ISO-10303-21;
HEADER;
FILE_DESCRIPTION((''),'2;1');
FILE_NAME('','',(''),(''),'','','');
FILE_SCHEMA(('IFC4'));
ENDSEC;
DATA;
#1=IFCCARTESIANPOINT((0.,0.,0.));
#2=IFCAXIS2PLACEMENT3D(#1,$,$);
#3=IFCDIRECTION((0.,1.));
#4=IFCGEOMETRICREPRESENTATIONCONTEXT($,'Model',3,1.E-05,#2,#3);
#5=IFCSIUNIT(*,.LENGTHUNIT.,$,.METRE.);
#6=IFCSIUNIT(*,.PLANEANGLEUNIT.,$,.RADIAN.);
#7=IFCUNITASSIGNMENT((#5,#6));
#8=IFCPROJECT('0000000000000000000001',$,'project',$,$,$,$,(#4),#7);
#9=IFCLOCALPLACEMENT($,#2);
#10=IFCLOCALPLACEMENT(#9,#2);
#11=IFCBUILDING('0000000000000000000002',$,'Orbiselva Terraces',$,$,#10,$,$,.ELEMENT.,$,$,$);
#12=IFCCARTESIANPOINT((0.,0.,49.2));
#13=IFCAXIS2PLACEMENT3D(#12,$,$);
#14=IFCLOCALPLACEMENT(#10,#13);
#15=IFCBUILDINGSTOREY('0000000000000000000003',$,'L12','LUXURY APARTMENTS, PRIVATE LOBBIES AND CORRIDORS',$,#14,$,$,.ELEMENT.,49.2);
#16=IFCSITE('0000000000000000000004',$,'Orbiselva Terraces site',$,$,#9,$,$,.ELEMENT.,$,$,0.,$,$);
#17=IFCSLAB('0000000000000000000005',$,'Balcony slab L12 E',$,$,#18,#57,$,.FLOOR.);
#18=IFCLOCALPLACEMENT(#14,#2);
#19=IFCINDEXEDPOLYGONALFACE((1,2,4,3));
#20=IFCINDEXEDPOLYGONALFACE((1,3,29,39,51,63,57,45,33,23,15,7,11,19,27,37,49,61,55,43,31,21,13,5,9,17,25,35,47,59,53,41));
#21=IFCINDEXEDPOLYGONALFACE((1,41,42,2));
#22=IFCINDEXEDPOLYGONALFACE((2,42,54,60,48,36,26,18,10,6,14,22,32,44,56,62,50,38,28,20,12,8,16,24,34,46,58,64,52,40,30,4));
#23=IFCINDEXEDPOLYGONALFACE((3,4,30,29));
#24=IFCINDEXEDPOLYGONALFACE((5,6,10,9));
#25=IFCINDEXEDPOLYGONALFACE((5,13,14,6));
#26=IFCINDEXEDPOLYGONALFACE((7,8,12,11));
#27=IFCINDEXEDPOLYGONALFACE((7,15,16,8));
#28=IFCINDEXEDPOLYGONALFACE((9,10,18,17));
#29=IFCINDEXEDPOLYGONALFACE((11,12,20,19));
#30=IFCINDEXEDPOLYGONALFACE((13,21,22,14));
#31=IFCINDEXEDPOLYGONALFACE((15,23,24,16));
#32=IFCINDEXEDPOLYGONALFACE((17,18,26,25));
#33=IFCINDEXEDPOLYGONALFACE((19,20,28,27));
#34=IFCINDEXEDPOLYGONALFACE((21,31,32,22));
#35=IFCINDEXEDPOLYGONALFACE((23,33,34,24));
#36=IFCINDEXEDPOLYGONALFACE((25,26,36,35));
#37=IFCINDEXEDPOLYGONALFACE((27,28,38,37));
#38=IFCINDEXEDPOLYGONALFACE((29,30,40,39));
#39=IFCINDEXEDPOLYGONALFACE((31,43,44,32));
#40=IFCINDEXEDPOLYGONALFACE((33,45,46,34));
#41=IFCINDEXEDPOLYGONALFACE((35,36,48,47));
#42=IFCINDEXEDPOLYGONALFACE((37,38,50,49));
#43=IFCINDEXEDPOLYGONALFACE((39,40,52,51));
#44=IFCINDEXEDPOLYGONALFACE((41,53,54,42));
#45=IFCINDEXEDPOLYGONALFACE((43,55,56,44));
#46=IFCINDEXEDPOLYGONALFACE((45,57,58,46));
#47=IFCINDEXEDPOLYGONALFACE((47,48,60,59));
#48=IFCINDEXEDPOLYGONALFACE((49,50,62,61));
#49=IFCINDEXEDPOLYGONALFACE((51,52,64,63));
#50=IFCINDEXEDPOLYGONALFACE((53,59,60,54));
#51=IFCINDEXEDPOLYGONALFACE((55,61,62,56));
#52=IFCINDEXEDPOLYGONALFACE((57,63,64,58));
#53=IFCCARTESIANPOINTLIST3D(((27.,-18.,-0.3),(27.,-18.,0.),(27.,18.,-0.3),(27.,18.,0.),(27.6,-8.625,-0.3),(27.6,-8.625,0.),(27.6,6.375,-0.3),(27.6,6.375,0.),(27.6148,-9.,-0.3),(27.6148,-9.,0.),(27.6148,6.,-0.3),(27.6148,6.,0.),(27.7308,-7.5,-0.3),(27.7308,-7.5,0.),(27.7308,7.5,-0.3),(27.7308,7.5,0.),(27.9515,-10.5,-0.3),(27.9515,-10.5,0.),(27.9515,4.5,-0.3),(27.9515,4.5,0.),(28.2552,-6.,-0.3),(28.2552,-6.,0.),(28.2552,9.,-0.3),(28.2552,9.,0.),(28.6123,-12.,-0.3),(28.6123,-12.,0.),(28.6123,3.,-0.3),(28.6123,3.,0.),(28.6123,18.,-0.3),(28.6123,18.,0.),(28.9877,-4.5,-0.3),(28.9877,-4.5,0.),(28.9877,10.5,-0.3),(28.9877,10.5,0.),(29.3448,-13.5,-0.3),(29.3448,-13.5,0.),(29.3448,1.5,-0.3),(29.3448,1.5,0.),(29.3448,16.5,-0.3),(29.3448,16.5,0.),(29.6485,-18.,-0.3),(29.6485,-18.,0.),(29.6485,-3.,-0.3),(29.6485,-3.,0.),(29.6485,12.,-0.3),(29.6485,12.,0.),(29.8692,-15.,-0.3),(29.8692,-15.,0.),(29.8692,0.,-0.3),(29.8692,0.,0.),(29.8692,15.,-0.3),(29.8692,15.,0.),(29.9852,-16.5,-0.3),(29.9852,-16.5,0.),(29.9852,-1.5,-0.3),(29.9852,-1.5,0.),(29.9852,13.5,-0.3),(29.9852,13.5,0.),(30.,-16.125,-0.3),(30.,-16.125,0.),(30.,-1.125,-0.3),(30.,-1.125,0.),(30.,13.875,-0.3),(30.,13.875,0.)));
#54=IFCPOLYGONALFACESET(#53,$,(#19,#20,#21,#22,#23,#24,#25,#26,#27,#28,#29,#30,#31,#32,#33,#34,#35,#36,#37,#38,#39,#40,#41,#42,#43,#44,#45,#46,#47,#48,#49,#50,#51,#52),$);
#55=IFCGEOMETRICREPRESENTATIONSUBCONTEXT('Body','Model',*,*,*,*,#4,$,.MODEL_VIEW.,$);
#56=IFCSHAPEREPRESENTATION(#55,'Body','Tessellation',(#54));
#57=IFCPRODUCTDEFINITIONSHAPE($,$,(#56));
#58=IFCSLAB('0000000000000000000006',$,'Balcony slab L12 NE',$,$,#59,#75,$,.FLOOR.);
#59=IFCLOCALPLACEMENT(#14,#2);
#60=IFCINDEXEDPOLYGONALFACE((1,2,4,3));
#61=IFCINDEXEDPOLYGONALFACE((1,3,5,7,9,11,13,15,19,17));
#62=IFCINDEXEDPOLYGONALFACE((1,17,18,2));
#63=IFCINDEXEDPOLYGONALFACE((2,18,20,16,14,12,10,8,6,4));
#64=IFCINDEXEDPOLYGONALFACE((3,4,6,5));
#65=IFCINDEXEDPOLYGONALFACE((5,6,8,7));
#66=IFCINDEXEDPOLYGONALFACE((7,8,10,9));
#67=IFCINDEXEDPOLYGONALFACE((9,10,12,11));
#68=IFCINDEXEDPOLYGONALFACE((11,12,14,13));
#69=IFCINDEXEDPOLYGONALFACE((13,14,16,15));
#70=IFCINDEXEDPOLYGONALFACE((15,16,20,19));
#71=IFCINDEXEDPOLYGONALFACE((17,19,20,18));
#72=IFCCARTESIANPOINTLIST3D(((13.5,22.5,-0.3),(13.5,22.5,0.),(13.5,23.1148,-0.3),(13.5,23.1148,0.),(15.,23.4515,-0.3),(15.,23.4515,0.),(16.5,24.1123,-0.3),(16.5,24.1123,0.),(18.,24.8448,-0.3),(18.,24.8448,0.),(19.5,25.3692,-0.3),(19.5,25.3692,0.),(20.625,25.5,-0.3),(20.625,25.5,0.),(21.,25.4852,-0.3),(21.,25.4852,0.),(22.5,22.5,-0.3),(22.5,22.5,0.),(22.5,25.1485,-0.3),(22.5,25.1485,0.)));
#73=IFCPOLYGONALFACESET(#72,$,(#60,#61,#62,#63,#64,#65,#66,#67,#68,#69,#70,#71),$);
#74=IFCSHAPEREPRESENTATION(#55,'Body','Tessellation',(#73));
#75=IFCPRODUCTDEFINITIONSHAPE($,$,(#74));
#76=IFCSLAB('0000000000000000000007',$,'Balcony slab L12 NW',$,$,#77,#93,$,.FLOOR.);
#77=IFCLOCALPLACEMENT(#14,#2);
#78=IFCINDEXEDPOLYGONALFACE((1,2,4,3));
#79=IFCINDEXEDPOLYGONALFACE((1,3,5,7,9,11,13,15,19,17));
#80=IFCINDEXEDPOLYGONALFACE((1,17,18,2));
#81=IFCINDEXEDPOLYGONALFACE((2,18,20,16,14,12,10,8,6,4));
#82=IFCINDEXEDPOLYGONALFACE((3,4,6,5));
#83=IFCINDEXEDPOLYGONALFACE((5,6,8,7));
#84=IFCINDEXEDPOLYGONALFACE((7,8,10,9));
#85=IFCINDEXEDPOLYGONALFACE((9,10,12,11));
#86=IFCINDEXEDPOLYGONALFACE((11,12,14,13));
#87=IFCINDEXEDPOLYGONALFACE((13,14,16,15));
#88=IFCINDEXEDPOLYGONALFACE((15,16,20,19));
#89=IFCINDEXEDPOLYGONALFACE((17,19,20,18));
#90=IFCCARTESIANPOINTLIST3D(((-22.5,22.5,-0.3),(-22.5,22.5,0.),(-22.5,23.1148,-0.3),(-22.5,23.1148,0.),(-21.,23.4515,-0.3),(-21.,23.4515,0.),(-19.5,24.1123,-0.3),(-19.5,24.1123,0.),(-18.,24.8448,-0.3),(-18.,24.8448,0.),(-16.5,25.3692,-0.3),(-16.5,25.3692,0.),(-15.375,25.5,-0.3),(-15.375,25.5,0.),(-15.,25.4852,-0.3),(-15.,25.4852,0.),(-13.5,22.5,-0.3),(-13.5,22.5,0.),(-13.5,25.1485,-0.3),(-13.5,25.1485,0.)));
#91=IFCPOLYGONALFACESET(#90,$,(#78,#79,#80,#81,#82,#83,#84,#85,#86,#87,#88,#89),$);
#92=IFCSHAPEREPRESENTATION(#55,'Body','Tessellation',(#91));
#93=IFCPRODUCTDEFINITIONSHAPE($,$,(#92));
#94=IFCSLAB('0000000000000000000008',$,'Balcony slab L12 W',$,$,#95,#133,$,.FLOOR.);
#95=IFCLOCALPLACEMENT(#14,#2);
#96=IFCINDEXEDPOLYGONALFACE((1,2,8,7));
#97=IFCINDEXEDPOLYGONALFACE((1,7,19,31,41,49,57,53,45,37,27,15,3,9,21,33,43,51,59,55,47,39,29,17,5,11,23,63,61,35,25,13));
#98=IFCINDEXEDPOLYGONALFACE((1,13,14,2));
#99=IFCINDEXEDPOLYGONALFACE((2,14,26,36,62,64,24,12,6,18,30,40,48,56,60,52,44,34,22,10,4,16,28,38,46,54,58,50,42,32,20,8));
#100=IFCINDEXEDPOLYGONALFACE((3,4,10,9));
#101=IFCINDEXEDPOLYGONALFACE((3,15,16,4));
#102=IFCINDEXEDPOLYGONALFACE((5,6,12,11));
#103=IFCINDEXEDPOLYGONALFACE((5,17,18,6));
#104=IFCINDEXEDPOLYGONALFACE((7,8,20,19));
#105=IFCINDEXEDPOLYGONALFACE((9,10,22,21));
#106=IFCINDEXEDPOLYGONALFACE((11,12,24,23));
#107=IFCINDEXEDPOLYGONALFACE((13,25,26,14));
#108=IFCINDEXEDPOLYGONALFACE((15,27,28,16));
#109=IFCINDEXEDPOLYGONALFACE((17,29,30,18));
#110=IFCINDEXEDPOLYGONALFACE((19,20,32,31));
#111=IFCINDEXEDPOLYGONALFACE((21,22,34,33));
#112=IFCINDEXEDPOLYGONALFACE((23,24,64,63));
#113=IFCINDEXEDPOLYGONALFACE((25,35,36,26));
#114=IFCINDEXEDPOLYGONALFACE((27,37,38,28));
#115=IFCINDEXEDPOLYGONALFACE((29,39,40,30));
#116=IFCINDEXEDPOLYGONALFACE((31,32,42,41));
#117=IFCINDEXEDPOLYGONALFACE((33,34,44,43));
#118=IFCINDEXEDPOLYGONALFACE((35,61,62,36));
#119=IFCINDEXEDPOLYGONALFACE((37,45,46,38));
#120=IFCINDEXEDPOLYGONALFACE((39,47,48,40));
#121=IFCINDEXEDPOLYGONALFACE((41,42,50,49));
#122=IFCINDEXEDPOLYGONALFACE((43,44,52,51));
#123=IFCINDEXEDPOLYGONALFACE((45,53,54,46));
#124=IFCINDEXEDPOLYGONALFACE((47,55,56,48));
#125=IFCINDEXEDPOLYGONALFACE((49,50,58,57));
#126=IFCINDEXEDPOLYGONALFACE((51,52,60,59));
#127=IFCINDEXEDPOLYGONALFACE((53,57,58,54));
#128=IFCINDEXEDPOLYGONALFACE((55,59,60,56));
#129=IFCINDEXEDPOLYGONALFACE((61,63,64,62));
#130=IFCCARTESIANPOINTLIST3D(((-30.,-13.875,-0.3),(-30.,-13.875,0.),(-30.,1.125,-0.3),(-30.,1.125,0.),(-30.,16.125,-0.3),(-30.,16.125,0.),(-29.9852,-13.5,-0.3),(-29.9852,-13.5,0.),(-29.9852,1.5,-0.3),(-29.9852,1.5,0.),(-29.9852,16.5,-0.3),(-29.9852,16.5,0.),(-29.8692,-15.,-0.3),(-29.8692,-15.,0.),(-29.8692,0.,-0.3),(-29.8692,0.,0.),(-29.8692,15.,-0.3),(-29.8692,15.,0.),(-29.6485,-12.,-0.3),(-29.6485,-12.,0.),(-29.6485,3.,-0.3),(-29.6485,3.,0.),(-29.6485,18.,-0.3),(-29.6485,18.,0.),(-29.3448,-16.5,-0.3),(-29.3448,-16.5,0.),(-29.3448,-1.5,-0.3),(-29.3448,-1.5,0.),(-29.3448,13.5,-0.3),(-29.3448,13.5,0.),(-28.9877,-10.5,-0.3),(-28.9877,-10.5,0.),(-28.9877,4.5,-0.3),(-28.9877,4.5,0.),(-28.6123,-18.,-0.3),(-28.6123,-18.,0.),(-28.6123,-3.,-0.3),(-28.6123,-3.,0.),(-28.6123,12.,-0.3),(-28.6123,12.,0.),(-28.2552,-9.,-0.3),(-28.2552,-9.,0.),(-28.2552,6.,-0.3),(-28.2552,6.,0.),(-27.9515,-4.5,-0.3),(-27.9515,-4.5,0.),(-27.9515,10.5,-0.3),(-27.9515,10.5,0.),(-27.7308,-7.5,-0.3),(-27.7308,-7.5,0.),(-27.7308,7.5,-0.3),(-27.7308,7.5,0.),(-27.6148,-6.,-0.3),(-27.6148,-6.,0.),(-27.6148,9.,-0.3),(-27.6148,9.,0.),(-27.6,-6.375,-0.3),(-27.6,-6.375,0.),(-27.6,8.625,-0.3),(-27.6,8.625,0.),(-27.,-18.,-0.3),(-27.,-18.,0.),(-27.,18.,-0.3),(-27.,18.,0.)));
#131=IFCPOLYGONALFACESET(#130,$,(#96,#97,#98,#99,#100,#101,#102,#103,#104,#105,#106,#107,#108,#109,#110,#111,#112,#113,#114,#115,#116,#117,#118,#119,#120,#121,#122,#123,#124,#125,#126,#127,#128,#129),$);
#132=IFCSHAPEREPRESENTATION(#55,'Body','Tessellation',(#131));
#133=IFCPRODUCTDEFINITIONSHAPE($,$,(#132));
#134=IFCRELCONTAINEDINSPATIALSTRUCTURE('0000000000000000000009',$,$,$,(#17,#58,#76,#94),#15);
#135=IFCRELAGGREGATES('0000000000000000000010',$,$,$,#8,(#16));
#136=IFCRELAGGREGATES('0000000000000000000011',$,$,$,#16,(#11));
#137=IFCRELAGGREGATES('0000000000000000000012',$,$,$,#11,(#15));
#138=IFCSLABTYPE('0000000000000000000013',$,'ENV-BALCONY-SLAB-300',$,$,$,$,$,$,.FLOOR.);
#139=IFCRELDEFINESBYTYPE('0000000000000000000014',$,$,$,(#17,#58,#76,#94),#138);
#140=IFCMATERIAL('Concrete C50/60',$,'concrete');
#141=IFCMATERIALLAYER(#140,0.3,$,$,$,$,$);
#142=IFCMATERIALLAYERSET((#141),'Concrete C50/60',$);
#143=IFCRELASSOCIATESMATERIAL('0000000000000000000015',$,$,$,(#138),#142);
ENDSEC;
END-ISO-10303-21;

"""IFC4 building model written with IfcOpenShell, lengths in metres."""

from ifc_helpers import new_model, si_unit, direction, frame, origin, place, context, subcontext, project, spatial, polyline, outline, extrude, material, layer, layer_set, type_object, element, save


model = new_model("IFC4")

# Units and contexts
model_context = context("Model", 3, precision=1e-05, world=origin(), true_north=direction((0.0, 1.0)))
body_context = subcontext(model_context, "Body", "Model", "MODEL_VIEW")
ifc_project = project(units=[si_unit("LENGTHUNIT", "METRE"), si_unit("PLANEANGLEUNIT", "RADIAN")], contexts=[model_context])

# Site, building, storey
site_placement = place(None, origin())
site = spatial("IfcSite", under=ifc_project, at=site_placement, Name="Orbiselva Terraces site", CompositionType="ELEMENT", RefElevation=0.0)
building_placement = place(site_placement, origin())
building = spatial("IfcBuilding", under=site, at=building_placement, Name="Orbiselva Terraces", CompositionType="ELEMENT")
storey_placement = place(building_placement, frame((0.0, 0.0, 49.2)))
storey = spatial("IfcBuildingStorey", under=building, at=storey_placement, Name="L12", Description="LUXURY APARTMENTS, PRIVATE LOBBIES AND CORRIDORS", CompositionType="ELEMENT", Elevation=49.2)

# Slabs
ifc_material_1 = material(Name="Concrete C50/60", Category="concrete")
ifc_layer_1 = layer(ifc_material_1, 0.3)
ifc_layer_set_1 = layer_set([ifc_layer_1], Name="Concrete C50/60")
slab_type_1 = type_object("IfcSlabType", Name="ENV-BALCONY-SLAB-300", PredefinedType="FLOOR", material=ifc_layer_set_1)
slab_1_placement = place(storey_placement, frame((0.0, 0.0, -0.3)))
element("IfcSlab", 1, at=slab_1_placement, inside=storey, type_object=slab_type_1, Name="Balcony slab L12 E", PredefinedType="FLOOR", context=body_context, shape_type="SweptSolid", body=[
    extrude(outline(polyline([(29.6485, -18.0), (29.9852, -16.5), (30.0, -16.125), (29.8692, -15.0), (29.3448, -13.5), (28.6123, -12.0), (27.9515, -10.5), (27.6148, -9.0), (27.6, -8.625), (27.7308, -7.5), (28.2552, -6.0), (28.9877, -4.5), (29.6485, -3.0), (29.9852, -1.5), (30.0, -1.125), (29.8692, 0.0), (29.3448, 1.5), (28.6123, 3.0), (27.9515, 4.5), (27.6148, 6.0), (27.6, 6.375), (27.7308, 7.5), (28.2552, 9.0), (28.9877, 10.5), (29.6485, 12.0), (29.9852, 13.5), (30.0, 13.875), (29.8692, 15.0), (29.3448, 16.5), (28.6123, 18.0), (27.0, 18.0), (27.0, -18.0), (29.6485, -18.0)])), origin(), (0.0, 0.0, 1.0), 0.3),
])
slab_2_placement = place(storey_placement, frame((0.0, 0.0, -0.3)))
element("IfcSlab", 2, at=slab_2_placement, inside=storey, type_object=slab_type_1, Name="Balcony slab L12 NE", PredefinedType="FLOOR", context=body_context, shape_type="SweptSolid", body=[
    extrude(outline(polyline([(22.5, 25.1485), (21.0, 25.4852), (20.625, 25.5), (19.5, 25.3692), (18.0, 24.8448), (16.5, 24.1123), (15.0, 23.4515), (13.5, 23.1148), (13.5, 22.5), (22.5, 22.5), (22.5, 25.1485)])), origin(), (0.0, 0.0, 1.0), 0.3),
])
slab_3_placement = place(storey_placement, frame((0.0, 0.0, -0.3)))
element("IfcSlab", 3, at=slab_3_placement, inside=storey, type_object=slab_type_1, Name="Balcony slab L12 NW", PredefinedType="FLOOR", context=body_context, shape_type="SweptSolid", body=[
    extrude(outline(polyline([(-13.5, 25.1485), (-15.0, 25.4852), (-15.375, 25.5), (-16.5, 25.3692), (-18.0, 24.8448), (-19.5, 24.1123), (-21.0, 23.4515), (-22.5, 23.1148), (-22.5, 22.5), (-13.5, 22.5), (-13.5, 25.1485)])), origin(), (0.0, 0.0, 1.0), 0.3),
])
slab_4_placement = place(storey_placement, frame((0.0, 0.0, -0.3)))
element("IfcSlab", 4, at=slab_4_placement, inside=storey, type_object=slab_type_1, Name="Balcony slab L12 W", PredefinedType="FLOOR", context=body_context, shape_type="SweptSolid", body=[
    extrude(outline(polyline([(-29.6485, 18.0), (-29.9852, 16.5), (-30.0, 16.125), (-29.8692, 15.0), (-29.3448, 13.5), (-28.6123, 12.0), (-27.9515, 10.5), (-27.6148, 9.0), (-27.6, 8.625), (-27.7308, 7.5), (-28.2552, 6.0), (-28.9877, 4.5), (-29.6485, 3.0), (-29.9852, 1.5), (-30.0, 1.125), (-29.8692, 0.0), (-29.3448, -1.5), (-28.6123, -3.0), (-27.9515, -4.5), (-27.6148, -6.0), (-27.6, -6.375), (-27.7308, -7.5), (-28.2552, -9.0), (-28.9877, -10.5), (-29.6485, -12.0), (-29.9852, -13.5), (-30.0, -13.875), (-29.8692, -15.0), (-29.3448, -16.5), (-28.6123, -18.0), (-27.0, -18.0), (-27.0, 18.0), (-29.6485, 18.0)])), origin(), (0.0, 0.0, 1.0), 0.3),
])

save(model, "model.ifc")
